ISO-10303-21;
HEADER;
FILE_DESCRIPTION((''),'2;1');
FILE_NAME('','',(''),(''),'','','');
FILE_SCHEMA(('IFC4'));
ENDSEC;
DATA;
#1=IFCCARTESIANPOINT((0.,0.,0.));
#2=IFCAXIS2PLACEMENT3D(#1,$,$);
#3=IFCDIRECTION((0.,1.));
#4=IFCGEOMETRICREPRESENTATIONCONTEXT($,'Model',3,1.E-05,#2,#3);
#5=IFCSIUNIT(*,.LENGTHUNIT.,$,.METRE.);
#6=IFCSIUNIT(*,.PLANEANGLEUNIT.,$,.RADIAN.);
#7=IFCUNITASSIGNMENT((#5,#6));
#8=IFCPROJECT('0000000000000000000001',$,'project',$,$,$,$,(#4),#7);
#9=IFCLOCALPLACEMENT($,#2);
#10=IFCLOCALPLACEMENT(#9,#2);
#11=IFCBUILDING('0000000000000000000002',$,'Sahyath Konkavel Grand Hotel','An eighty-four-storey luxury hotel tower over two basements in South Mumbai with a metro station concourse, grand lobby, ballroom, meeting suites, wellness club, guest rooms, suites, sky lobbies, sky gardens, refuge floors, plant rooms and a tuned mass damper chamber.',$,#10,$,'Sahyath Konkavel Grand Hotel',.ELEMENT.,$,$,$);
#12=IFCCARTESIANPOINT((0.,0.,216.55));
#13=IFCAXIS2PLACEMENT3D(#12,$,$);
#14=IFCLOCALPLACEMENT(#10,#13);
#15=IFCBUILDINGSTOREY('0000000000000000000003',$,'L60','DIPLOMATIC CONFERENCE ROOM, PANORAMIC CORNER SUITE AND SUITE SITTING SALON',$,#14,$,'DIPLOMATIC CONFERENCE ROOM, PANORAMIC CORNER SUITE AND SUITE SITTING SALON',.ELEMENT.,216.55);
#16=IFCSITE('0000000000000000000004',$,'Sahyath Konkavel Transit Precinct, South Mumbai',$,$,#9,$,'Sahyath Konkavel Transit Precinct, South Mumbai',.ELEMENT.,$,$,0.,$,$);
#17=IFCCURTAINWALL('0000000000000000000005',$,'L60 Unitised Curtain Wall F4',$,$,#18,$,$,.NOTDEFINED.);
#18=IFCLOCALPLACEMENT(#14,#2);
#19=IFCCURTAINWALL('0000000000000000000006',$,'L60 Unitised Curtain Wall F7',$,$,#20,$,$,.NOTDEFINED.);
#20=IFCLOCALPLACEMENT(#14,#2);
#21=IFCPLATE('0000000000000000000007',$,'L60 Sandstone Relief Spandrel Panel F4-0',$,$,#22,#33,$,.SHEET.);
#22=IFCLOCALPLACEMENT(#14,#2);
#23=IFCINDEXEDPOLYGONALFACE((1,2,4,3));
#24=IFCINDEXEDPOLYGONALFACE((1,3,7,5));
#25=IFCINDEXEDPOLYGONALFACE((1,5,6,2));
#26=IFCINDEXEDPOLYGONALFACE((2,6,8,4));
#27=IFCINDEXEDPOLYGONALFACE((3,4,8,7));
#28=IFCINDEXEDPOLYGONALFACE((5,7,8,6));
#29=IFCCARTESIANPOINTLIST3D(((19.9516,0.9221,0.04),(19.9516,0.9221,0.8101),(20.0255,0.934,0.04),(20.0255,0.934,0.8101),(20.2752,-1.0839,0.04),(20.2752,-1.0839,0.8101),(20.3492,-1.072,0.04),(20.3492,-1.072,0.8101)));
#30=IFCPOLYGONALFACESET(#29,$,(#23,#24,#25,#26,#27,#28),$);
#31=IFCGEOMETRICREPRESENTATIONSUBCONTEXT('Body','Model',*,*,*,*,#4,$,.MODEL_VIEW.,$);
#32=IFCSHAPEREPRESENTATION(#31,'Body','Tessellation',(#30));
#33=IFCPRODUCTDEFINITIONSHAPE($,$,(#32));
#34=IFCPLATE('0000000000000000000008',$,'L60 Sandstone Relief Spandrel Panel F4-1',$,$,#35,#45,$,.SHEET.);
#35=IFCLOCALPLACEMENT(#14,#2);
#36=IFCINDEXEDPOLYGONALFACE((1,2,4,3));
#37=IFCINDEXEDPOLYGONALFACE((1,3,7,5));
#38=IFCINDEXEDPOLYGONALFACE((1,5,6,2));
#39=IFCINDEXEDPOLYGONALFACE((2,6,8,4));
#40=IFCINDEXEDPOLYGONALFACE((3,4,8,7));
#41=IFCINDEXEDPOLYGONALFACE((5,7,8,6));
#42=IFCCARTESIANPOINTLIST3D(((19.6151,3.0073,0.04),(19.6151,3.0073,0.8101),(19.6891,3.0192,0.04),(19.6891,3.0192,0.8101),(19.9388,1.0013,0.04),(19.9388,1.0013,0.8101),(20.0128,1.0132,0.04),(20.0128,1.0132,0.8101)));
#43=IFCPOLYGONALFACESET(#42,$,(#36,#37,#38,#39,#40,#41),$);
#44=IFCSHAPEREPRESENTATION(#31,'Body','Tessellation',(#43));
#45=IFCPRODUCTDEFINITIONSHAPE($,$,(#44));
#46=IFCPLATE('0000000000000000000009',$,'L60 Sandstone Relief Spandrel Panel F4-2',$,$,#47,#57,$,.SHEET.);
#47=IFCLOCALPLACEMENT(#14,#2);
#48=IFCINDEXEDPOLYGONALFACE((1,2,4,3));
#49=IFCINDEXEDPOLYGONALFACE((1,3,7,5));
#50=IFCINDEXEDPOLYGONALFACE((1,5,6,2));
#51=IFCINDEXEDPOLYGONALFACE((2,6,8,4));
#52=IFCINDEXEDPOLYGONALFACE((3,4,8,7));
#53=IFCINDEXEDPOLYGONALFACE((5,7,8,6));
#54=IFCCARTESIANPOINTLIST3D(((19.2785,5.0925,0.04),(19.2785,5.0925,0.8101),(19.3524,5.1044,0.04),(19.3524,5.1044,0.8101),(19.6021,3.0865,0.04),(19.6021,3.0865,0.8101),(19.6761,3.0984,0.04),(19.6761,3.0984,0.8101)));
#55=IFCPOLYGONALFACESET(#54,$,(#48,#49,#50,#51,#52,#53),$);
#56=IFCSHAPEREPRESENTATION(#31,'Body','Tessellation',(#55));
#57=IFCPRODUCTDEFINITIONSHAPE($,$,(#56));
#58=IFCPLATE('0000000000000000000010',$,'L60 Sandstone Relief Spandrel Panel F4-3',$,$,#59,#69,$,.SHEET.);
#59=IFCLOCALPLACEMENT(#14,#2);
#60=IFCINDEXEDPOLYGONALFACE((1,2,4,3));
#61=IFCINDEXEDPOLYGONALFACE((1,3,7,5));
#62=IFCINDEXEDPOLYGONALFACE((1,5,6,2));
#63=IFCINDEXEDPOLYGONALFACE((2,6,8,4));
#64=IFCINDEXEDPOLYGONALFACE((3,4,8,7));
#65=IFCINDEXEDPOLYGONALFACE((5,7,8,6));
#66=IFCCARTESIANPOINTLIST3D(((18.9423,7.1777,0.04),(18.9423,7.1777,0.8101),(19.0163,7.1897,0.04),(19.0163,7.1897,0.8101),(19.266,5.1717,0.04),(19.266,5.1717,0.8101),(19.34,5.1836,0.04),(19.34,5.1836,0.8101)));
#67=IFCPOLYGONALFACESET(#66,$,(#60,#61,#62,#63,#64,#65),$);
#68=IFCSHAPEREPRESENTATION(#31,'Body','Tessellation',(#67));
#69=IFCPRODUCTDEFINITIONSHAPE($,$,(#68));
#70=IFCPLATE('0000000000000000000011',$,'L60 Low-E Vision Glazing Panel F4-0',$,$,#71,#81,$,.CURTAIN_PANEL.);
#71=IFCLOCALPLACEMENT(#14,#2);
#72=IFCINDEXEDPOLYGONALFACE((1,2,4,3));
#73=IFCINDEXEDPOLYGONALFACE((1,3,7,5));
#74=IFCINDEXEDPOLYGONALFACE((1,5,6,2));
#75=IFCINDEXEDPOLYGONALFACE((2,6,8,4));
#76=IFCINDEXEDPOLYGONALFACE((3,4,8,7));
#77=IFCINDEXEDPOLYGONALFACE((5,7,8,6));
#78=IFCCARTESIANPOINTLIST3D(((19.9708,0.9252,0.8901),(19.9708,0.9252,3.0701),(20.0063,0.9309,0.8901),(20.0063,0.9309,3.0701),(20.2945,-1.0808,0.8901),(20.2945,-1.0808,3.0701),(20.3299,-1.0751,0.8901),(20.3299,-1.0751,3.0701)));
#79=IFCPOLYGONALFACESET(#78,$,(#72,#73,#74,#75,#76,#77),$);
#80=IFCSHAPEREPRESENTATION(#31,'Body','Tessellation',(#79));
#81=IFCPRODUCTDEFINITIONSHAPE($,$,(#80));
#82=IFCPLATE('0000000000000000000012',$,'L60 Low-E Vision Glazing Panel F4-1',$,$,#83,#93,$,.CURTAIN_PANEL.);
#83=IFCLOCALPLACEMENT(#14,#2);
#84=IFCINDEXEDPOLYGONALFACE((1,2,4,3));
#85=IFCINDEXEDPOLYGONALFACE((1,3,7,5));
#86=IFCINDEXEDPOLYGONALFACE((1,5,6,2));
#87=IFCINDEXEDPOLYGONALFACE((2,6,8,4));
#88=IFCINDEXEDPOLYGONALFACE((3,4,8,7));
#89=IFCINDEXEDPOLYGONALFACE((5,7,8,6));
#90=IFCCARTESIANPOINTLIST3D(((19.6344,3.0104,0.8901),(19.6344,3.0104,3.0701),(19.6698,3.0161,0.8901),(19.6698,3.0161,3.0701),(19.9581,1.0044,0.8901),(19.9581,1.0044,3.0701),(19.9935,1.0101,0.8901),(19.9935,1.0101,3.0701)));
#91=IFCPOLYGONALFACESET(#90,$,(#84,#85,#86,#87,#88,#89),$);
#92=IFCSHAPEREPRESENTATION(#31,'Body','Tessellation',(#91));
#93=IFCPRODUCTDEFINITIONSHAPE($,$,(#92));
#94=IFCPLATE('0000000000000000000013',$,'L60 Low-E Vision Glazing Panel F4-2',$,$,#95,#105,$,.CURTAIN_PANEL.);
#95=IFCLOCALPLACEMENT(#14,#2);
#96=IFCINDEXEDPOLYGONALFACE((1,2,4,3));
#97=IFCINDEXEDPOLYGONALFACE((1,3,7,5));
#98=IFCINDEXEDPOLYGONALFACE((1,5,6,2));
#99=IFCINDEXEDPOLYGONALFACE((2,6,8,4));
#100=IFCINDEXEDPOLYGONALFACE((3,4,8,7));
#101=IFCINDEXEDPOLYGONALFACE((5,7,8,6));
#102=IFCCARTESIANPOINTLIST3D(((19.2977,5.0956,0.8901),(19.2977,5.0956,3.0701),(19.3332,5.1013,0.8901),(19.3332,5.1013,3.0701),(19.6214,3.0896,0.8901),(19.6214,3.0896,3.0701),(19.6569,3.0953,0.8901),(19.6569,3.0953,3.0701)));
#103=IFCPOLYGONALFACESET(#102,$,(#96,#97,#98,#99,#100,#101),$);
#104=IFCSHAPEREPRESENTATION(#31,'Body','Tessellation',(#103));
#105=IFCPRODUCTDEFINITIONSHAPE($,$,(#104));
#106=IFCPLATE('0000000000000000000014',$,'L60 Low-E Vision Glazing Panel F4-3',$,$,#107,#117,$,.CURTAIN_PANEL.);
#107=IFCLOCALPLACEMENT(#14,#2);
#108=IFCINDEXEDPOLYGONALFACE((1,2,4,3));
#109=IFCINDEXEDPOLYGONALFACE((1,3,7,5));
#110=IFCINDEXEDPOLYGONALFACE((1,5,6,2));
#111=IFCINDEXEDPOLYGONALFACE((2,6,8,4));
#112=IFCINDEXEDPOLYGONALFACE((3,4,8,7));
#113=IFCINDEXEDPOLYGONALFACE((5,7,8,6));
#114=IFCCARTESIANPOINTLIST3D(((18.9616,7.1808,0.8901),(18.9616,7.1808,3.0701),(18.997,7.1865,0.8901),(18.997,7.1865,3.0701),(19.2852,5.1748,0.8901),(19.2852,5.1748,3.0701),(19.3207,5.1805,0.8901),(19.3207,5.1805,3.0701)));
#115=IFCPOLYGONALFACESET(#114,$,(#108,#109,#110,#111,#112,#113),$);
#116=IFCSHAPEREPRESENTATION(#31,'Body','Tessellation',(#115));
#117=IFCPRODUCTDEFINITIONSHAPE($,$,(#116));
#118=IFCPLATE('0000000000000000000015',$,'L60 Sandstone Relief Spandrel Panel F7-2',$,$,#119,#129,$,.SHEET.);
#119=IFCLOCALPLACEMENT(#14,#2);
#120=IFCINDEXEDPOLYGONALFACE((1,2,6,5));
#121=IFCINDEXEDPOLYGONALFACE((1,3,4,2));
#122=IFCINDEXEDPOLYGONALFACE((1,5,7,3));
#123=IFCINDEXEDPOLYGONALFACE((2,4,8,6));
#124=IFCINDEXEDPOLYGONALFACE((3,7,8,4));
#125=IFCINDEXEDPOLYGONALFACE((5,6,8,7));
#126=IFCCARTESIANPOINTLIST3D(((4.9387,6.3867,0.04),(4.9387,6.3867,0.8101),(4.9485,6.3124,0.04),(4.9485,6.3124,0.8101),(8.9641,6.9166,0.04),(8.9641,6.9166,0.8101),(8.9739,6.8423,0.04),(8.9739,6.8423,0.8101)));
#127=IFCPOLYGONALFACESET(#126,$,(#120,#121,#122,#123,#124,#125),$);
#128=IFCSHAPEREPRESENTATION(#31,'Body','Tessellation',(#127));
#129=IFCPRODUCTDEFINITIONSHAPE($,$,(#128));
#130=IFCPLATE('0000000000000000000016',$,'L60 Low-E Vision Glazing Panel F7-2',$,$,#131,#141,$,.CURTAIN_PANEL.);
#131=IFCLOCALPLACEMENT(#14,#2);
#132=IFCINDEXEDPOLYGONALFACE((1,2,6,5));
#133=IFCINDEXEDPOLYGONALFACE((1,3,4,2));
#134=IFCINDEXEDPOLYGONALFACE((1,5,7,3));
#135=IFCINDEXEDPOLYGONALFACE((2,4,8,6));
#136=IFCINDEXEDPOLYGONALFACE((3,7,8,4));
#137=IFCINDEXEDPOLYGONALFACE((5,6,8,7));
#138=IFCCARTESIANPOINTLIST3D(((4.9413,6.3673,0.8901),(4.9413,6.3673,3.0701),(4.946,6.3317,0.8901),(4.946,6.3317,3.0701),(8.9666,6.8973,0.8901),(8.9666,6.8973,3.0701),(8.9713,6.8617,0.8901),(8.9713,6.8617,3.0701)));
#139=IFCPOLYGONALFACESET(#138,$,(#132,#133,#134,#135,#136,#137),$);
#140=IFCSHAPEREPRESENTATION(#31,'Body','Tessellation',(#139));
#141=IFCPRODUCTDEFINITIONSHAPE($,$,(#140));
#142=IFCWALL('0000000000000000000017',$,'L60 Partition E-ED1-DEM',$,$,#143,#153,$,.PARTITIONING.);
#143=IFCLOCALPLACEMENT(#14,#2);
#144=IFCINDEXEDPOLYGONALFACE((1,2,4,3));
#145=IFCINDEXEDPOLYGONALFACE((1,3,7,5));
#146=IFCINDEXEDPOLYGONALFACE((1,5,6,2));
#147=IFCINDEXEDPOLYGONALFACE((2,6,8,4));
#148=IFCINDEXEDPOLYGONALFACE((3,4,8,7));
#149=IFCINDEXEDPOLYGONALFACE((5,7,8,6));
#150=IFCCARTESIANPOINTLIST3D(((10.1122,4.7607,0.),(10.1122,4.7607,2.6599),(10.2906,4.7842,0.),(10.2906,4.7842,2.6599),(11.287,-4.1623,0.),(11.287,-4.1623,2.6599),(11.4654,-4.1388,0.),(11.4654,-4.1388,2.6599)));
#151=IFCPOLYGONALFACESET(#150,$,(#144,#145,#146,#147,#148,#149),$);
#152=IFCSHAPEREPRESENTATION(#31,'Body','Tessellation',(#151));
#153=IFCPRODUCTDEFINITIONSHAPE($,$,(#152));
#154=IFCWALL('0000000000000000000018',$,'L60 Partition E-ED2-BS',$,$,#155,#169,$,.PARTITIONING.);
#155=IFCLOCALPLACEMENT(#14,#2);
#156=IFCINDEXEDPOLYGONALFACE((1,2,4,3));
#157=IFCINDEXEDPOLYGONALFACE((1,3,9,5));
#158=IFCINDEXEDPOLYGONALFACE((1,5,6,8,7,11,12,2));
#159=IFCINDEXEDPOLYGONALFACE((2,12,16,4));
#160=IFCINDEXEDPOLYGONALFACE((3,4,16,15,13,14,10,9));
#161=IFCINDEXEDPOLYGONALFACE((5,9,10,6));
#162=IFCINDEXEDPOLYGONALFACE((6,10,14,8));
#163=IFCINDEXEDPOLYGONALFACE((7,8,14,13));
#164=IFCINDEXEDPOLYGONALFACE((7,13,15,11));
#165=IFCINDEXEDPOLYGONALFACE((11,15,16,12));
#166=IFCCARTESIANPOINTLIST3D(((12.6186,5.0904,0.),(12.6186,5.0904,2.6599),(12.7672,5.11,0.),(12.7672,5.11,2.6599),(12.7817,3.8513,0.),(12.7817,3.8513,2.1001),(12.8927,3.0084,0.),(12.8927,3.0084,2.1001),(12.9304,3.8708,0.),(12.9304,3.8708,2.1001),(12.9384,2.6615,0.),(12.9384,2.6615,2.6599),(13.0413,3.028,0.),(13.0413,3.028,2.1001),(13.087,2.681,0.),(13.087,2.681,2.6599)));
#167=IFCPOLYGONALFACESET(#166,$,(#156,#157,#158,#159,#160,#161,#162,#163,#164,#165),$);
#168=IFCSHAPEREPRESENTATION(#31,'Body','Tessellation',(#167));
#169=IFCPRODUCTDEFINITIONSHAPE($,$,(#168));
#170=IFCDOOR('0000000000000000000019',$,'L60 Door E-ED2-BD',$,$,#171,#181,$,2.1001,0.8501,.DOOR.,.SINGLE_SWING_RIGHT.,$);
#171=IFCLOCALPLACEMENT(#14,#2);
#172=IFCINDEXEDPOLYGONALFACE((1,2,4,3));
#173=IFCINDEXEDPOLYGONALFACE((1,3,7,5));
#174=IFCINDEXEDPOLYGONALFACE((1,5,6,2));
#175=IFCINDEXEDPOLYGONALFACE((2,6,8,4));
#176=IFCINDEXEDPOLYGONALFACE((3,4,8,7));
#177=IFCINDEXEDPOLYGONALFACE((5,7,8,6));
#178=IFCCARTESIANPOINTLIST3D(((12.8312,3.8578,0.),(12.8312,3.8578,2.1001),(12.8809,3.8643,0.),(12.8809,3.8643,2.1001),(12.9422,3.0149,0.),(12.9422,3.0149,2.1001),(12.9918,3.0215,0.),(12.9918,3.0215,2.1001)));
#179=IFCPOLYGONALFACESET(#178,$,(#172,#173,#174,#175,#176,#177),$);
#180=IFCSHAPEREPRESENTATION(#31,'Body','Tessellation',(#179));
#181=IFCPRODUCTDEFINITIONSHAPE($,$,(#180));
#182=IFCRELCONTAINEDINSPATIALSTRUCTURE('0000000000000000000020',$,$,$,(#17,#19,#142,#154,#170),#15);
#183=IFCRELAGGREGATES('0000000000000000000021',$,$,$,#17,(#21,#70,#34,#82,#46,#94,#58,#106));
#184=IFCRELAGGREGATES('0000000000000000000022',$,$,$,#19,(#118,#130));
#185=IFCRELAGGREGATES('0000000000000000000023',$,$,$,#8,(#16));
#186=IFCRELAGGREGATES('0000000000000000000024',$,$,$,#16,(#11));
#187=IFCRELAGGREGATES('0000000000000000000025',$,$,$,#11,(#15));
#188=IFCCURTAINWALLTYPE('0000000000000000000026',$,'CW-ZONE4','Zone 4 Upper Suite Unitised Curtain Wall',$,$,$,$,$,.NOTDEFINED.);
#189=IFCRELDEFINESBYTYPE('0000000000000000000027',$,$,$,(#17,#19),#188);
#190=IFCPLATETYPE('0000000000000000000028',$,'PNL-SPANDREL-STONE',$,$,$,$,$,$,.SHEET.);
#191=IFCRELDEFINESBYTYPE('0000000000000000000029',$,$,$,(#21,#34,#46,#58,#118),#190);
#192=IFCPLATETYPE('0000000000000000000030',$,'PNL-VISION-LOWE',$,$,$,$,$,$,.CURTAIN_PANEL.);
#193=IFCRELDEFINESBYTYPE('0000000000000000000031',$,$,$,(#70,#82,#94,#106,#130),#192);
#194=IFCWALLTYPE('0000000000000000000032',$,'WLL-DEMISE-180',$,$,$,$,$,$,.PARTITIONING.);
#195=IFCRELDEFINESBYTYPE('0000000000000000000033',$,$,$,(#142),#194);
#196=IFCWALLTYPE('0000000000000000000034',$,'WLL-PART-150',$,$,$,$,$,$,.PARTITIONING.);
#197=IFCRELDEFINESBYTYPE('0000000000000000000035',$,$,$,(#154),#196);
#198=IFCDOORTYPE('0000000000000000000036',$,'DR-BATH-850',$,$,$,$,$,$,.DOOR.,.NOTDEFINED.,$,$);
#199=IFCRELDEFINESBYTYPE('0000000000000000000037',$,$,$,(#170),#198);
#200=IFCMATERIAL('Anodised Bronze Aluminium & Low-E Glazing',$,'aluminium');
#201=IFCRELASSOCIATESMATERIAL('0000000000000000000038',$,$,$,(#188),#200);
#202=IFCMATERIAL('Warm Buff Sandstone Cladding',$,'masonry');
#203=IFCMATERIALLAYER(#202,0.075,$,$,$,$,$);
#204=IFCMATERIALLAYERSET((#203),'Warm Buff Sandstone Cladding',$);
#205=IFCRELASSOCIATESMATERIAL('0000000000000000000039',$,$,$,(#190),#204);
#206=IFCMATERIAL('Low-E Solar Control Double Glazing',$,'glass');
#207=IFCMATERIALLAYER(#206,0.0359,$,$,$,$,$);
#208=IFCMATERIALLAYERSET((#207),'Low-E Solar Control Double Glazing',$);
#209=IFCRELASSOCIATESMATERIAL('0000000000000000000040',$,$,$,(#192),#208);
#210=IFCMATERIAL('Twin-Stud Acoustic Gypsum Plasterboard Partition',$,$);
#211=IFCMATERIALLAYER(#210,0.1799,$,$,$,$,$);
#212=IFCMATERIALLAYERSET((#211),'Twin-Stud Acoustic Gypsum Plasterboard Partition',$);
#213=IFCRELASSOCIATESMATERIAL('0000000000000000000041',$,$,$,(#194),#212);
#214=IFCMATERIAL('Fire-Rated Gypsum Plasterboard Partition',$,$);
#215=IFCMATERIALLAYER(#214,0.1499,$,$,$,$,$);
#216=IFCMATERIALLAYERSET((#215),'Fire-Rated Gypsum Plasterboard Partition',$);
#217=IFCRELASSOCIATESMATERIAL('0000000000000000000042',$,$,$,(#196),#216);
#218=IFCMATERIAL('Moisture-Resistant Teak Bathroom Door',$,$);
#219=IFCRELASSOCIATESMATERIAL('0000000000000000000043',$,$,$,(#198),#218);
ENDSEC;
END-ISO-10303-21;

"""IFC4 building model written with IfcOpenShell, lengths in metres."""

from ifc_helpers import new_model, si_unit, direction, frame, frame_2d, origin, origin_2d, place, context, subcontext, project, spatial, rectangle, extrude, source, transform, mapped, material, layer, layer_set, type_object, element, fill, aggregate, save


model = new_model("IFC4")

# Units and contexts
model_context = context("Model", 3, precision=1e-05, world=origin(), true_north=direction((0.0, 1.0)))
body_context = subcontext(model_context, "Body", "Model", "MODEL_VIEW")
ifc_project = project(units=[si_unit("LENGTHUNIT", "METRE"), si_unit("PLANEANGLEUNIT", "RADIAN")], contexts=[model_context])

# Site, building, storey
site_placement = place(None, origin())
site = spatial("IfcSite", under=ifc_project, at=site_placement, Name="Sahyath Konkavel Transit Precinct, South Mumbai", LongName="Sahyath Konkavel Transit Precinct, South Mumbai", CompositionType="ELEMENT", RefElevation=0.0)
building_placement = place(site_placement, origin())
building = spatial("IfcBuilding", under=site, at=building_placement, Name="Sahyath Konkavel Grand Hotel", Description="An eighty-four-storey luxury hotel tower over two basements in South Mumbai with a metro station concourse, grand lobby, ballroom, meeting suites, wellness club, guest rooms, suites, sky lobbies, sky gardens, refuge floors, plant rooms and a tuned mass damper chamber.", LongName="Sahyath Konkavel Grand Hotel", CompositionType="ELEMENT")
storey_placement = place(building_placement, frame((0.0, 0.0, 216.55)))
storey = spatial("IfcBuildingStorey", under=building, at=storey_placement, Name="L60", Description="DIPLOMATIC CONFERENCE ROOM, PANORAMIC CORNER SUITE AND SUITE SITTING SALON", LongName="DIPLOMATIC CONFERENCE ROOM, PANORAMIC CORNER SUITE AND SUITE SITTING SALON", CompositionType="ELEMENT", Elevation=216.55)

# Curtain wall
ifc_material_1 = material(Name="Anodised Bronze Aluminium & Low-E Glazing", Category="aluminium")
curtain_wall_type = type_object("IfcCurtainWallType", Name="CW-ZONE4", Description="Zone 4 Upper Suite Unitised Curtain Wall", PredefinedType="NOTDEFINED", material=ifc_material_1)
curtain_wall_1_placement = place(storey_placement, origin())
curtain_wall_1 = element("IfcCurtainWall", 1, at=curtain_wall_1_placement, inside=storey, type_object=curtain_wall_type, Name="L60 Unitised Curtain Wall F4", PredefinedType="NOTDEFINED")

# Curtain wall
curtain_wall_2_placement = place(storey_placement, origin())
curtain_wall_2 = element("IfcCurtainWall", 2, at=curtain_wall_2_placement, inside=storey, type_object=curtain_wall_type, Name="L60 Unitised Curtain Wall F7", PredefinedType="NOTDEFINED")

# Plates
ifc_material_2 = material(Name="Warm Buff Sandstone Cladding", Category="masonry")
ifc_layer_1 = layer(ifc_material_2, 0.075)
ifc_layer_set_1 = layer_set([ifc_layer_1], Name="Warm Buff Sandstone Cladding")
plate_type_1 = type_object("IfcPlateType", Name="PNL-SPANDREL-STONE", PredefinedType="SHEET", material=ifc_layer_set_1)
shared_shape_1 = source(origin(), body_context, "Body", "SweptSolid", [
    extrude(rectangle(XDim=2.032, YDim=0.075, at=origin_2d()), origin(), (0.0, 0.0, 1.0), 0.77),
])
plate_1_placement = place(storey_placement, frame((20.1504, -0.075, 0.04), z_axis=(0.0, 0.0, 1.0), x_axis=(-0.159295, 0.987231, 0.0)))
plate_1 = element("IfcPlate", 3, at=plate_1_placement, type_object=plate_type_1, Name="L60 Sandstone Relief Spandrel Panel F4-0", PredefinedType="SHEET", context=body_context, shape_type="MappedRepresentation", body=[
    mapped(shared_shape_1, transform((0.0, 0.0, 0.0), scale=1.0)),
])
plate_2_placement = place(storey_placement, frame((19.814, 2.0103, 0.04), z_axis=(0.0, 0.0, 1.0), x_axis=(-0.159295, 0.987231, 0.0)))
plate_2 = element("IfcPlate", 4, at=plate_2_placement, type_object=plate_type_1, Name="L60 Sandstone Relief Spandrel Panel F4-1", PredefinedType="SHEET", context=body_context, shape_type="MappedRepresentation", body=[
    mapped(shared_shape_1, transform((0.0, 0.0, 0.0), scale=1.0)),
])
plate_3_placement = place(storey_placement, frame((19.4773, 4.0955, 0.04), z_axis=(0.0, 0.0, 1.0), x_axis=(-0.159295, 0.987231, 0.0)))
plate_3 = element("IfcPlate", 5, at=plate_3_placement, type_object=plate_type_1, Name="L60 Sandstone Relief Spandrel Panel F4-2", PredefinedType="SHEET", context=body_context, shape_type="MappedRepresentation", body=[
    mapped(shared_shape_1, transform((0.0, 0.0, 0.0), scale=1.0)),
])
plate_4_placement = place(storey_placement, frame((19.1411, 6.1807, 0.04), z_axis=(0.0, 0.0, 1.0), x_axis=(-0.159295, 0.987231, 0.0)))
plate_4 = element("IfcPlate", 6, at=plate_4_placement, type_object=plate_type_1, Name="L60 Sandstone Relief Spandrel Panel F4-3", PredefinedType="SHEET", context=body_context, shape_type="MappedRepresentation", body=[
    mapped(shared_shape_1, transform((0.0, 0.0, 0.0), scale=1.0)),
])
ifc_material_3 = material(Name="Low-E Solar Control Double Glazing", Category="glass")
ifc_layer_2 = layer(ifc_material_3, 0.0359)
ifc_layer_set_2 = layer_set([ifc_layer_2], Name="Low-E Solar Control Double Glazing")
plate_type_2 = type_object("IfcPlateType", Name="PNL-VISION-LOWE", PredefinedType="CURTAIN_PANEL", material=ifc_layer_set_2)
shared_shape_2 = source(origin(), body_context, "Body", "SweptSolid", [
    extrude(rectangle(XDim=2.032, YDim=0.0359, at=origin_2d()), origin(), (0.0, 0.0, 1.0), 2.1799),
])
plate_5_placement = place(storey_placement, frame((20.1504, -0.075, 0.8901), z_axis=(0.0, 0.0, 1.0), x_axis=(-0.159295, 0.987231, 0.0)))
plate_5 = element("IfcPlate", 7, at=plate_5_placement, type_object=plate_type_2, Name="L60 Low-E Vision Glazing Panel F4-0", PredefinedType="CURTAIN_PANEL", context=body_context, shape_type="MappedRepresentation", body=[
    mapped(shared_shape_2, transform((0.0, 0.0, 0.0), scale=1.0)),
])
plate_6_placement = place(storey_placement, frame((19.814, 2.0103, 0.8901), z_axis=(0.0, 0.0, 1.0), x_axis=(-0.159295, 0.987231, 0.0)))
plate_6 = element("IfcPlate", 8, at=plate_6_placement, type_object=plate_type_2, Name="L60 Low-E Vision Glazing Panel F4-1", PredefinedType="CURTAIN_PANEL", context=body_context, shape_type="MappedRepresentation", body=[
    mapped(shared_shape_2, transform((0.0, 0.0, 0.0), scale=1.0)),
])
plate_7_placement = place(storey_placement, frame((19.4773, 4.0955, 0.8901), z_axis=(0.0, 0.0, 1.0), x_axis=(-0.159295, 0.987231, 0.0)))
plate_7 = element("IfcPlate", 9, at=plate_7_placement, type_object=plate_type_2, Name="L60 Low-E Vision Glazing Panel F4-2", PredefinedType="CURTAIN_PANEL", context=body_context, shape_type="MappedRepresentation", body=[
    mapped(shared_shape_2, transform((0.0, 0.0, 0.0), scale=1.0)),
])
plate_8_placement = place(storey_placement, frame((19.1411, 6.1807, 0.8901), z_axis=(0.0, 0.0, 1.0), x_axis=(-0.159295, 0.987231, 0.0)))
plate_8 = element("IfcPlate", 10, at=plate_8_placement, type_object=plate_type_2, Name="L60 Low-E Vision Glazing Panel F4-3", PredefinedType="CURTAIN_PANEL", context=body_context, shape_type="MappedRepresentation", body=[
    mapped(shared_shape_2, transform((0.0, 0.0, 0.0), scale=1.0)),
])
aggregate(curtain_wall_1, [plate_1, plate_5, plate_2, plate_6, plate_3, plate_7, plate_4, plate_8])
shared_shape_3 = source(origin(), body_context, "Body", "SweptSolid", [
    extrude(rectangle(XDim=4.0601, YDim=0.075, at=origin_2d()), origin(), (0.0, 0.0, 1.0), 0.77),
])
plate_9_placement = place(storey_placement, frame((6.9563, 6.6145, 0.04), z_axis=(0.0, 0.0, 1.0), x_axis=(-0.991445, -0.130526, 0.0)))
plate_9 = element("IfcPlate", 11, at=plate_9_placement, type_object=plate_type_1, Name="L60 Sandstone Relief Spandrel Panel F7-2", PredefinedType="SHEET", context=body_context, shape_type="MappedRepresentation", body=[
    mapped(shared_shape_3, transform((0.0, 0.0, 0.0), scale=1.0)),
])
shared_shape_4 = source(origin(), body_context, "Body", "SweptSolid", [
    extrude(rectangle(XDim=4.0601, YDim=0.0359, at=origin_2d()), origin(), (0.0, 0.0, 1.0), 2.1799),
])
plate_10_placement = place(storey_placement, frame((6.9563, 6.6145, 0.8901), z_axis=(0.0, 0.0, 1.0), x_axis=(-0.991445, -0.130526, 0.0)))
plate_10 = element("IfcPlate", 12, at=plate_10_placement, type_object=plate_type_2, Name="L60 Low-E Vision Glazing Panel F7-2", PredefinedType="CURTAIN_PANEL", context=body_context, shape_type="MappedRepresentation", body=[
    mapped(shared_shape_4, transform((0.0, 0.0, 0.0), scale=1.0)),
])
aggregate(curtain_wall_2, [plate_9, plate_10])

# Wall
ifc_material_4 = material(Name="Twin-Stud Acoustic Gypsum Plasterboard Partition")
ifc_layer_3 = layer(ifc_material_4, 0.1799)
ifc_layer_set_3 = layer_set([ifc_layer_3], Name="Twin-Stud Acoustic Gypsum Plasterboard Partition")
wall_type_1 = type_object("IfcWallType", Name="WLL-DEMISE-180", PredefinedType="PARTITIONING", material=ifc_layer_set_3)
wall_1_placement = place(storey_placement, frame((10.2014, 4.7725, 0.0), z_axis=(0.0, 0.0, 1.0), x_axis=(0.130532, -0.991444, 0.0)))
element("IfcWall", 13, at=wall_1_placement, inside=storey, type_object=wall_type_1, Name="L60 Partition E-ED1-DEM", PredefinedType="PARTITIONING", context=body_context, shape_type="SweptSolid", body=[
    extrude(rectangle(XDim=9.0, YDim=0.1799, at=frame_2d((4.5, 0.0))), origin(), (0.0, 0.0, 1.0), 2.6599),
])

# Wall, opening, door
ifc_material_5 = material(Name="Fire-Rated Gypsum Plasterboard Partition")
ifc_layer_4 = layer(ifc_material_5, 0.1499)
ifc_layer_set_4 = layer_set([ifc_layer_4], Name="Fire-Rated Gypsum Plasterboard Partition")
wall_type_2 = type_object("IfcWallType", Name="WLL-PART-150", PredefinedType="PARTITIONING", material=ifc_layer_set_4)
wall_2_placement = place(storey_placement, frame((12.6929, 5.1003, 0.0), z_axis=(0.0, 0.0, 1.0), x_axis=(0.130545, -0.991442, 0.0)))
wall_2 = element("IfcWall", 14, at=wall_2_placement, inside=storey, type_object=wall_type_2, Name="L60 Partition E-ED2-BS", PredefinedType="PARTITIONING", context=body_context, shape_type="SweptSolid", body=[
    extrude(rectangle(XDim=2.45, YDim=0.1499, at=frame_2d((1.2251, 0.0))), origin(), (0.0, 0.0, 1.0), 2.6599),
])
opening_placement = place(wall_2_placement, frame((1.25, 0.0, 0.0)))
opening = element("IfcOpeningElement", 15, at=opening_placement, cuts=wall_2, PredefinedType="OPENING", context=body_context, shape_type="SweptSolid", body=[
    extrude(rectangle(XDim=0.8501, YDim=2.1001, at=frame_2d((0.425, 1.05))), frame((0.0, 0.085, 0.0), z_axis=(0.0, -1.0, 0.0), x_axis=(1.0, 0.0, 0.0)), (0.0, 0.0, 1.0), 0.1699),
])
ifc_material_6 = material(Name="Moisture-Resistant Teak Bathroom Door")
door_type = type_object("IfcDoorType", Name="DR-BATH-850", OperationType="NOTDEFINED", PredefinedType="DOOR", material=ifc_material_6)
shared_shape_5 = source(origin(), body_context, "Body", "SweptSolid", [
    extrude(rectangle(XDim=0.8501, YDim=0.05, at=origin_2d()), origin(), (0.0, 0.0, 1.0), 2.1001),
])
door_placement = place(opening_placement, frame((0.425, 0.0, 0.0)))
door = element("IfcDoor", 16, at=door_placement, inside=storey, type_object=door_type, Name="L60 Door E-ED2-BD", OperationType="SINGLE_SWING_RIGHT", OverallHeight=2.1001, OverallWidth=0.8501, PredefinedType="DOOR", context=body_context, shape_type="MappedRepresentation", body=[
    mapped(shared_shape_5, transform((0.0, 0.0, 0.0), scale=1.0)),
])
fill(opening, door)

save(model, "model.ifc")
